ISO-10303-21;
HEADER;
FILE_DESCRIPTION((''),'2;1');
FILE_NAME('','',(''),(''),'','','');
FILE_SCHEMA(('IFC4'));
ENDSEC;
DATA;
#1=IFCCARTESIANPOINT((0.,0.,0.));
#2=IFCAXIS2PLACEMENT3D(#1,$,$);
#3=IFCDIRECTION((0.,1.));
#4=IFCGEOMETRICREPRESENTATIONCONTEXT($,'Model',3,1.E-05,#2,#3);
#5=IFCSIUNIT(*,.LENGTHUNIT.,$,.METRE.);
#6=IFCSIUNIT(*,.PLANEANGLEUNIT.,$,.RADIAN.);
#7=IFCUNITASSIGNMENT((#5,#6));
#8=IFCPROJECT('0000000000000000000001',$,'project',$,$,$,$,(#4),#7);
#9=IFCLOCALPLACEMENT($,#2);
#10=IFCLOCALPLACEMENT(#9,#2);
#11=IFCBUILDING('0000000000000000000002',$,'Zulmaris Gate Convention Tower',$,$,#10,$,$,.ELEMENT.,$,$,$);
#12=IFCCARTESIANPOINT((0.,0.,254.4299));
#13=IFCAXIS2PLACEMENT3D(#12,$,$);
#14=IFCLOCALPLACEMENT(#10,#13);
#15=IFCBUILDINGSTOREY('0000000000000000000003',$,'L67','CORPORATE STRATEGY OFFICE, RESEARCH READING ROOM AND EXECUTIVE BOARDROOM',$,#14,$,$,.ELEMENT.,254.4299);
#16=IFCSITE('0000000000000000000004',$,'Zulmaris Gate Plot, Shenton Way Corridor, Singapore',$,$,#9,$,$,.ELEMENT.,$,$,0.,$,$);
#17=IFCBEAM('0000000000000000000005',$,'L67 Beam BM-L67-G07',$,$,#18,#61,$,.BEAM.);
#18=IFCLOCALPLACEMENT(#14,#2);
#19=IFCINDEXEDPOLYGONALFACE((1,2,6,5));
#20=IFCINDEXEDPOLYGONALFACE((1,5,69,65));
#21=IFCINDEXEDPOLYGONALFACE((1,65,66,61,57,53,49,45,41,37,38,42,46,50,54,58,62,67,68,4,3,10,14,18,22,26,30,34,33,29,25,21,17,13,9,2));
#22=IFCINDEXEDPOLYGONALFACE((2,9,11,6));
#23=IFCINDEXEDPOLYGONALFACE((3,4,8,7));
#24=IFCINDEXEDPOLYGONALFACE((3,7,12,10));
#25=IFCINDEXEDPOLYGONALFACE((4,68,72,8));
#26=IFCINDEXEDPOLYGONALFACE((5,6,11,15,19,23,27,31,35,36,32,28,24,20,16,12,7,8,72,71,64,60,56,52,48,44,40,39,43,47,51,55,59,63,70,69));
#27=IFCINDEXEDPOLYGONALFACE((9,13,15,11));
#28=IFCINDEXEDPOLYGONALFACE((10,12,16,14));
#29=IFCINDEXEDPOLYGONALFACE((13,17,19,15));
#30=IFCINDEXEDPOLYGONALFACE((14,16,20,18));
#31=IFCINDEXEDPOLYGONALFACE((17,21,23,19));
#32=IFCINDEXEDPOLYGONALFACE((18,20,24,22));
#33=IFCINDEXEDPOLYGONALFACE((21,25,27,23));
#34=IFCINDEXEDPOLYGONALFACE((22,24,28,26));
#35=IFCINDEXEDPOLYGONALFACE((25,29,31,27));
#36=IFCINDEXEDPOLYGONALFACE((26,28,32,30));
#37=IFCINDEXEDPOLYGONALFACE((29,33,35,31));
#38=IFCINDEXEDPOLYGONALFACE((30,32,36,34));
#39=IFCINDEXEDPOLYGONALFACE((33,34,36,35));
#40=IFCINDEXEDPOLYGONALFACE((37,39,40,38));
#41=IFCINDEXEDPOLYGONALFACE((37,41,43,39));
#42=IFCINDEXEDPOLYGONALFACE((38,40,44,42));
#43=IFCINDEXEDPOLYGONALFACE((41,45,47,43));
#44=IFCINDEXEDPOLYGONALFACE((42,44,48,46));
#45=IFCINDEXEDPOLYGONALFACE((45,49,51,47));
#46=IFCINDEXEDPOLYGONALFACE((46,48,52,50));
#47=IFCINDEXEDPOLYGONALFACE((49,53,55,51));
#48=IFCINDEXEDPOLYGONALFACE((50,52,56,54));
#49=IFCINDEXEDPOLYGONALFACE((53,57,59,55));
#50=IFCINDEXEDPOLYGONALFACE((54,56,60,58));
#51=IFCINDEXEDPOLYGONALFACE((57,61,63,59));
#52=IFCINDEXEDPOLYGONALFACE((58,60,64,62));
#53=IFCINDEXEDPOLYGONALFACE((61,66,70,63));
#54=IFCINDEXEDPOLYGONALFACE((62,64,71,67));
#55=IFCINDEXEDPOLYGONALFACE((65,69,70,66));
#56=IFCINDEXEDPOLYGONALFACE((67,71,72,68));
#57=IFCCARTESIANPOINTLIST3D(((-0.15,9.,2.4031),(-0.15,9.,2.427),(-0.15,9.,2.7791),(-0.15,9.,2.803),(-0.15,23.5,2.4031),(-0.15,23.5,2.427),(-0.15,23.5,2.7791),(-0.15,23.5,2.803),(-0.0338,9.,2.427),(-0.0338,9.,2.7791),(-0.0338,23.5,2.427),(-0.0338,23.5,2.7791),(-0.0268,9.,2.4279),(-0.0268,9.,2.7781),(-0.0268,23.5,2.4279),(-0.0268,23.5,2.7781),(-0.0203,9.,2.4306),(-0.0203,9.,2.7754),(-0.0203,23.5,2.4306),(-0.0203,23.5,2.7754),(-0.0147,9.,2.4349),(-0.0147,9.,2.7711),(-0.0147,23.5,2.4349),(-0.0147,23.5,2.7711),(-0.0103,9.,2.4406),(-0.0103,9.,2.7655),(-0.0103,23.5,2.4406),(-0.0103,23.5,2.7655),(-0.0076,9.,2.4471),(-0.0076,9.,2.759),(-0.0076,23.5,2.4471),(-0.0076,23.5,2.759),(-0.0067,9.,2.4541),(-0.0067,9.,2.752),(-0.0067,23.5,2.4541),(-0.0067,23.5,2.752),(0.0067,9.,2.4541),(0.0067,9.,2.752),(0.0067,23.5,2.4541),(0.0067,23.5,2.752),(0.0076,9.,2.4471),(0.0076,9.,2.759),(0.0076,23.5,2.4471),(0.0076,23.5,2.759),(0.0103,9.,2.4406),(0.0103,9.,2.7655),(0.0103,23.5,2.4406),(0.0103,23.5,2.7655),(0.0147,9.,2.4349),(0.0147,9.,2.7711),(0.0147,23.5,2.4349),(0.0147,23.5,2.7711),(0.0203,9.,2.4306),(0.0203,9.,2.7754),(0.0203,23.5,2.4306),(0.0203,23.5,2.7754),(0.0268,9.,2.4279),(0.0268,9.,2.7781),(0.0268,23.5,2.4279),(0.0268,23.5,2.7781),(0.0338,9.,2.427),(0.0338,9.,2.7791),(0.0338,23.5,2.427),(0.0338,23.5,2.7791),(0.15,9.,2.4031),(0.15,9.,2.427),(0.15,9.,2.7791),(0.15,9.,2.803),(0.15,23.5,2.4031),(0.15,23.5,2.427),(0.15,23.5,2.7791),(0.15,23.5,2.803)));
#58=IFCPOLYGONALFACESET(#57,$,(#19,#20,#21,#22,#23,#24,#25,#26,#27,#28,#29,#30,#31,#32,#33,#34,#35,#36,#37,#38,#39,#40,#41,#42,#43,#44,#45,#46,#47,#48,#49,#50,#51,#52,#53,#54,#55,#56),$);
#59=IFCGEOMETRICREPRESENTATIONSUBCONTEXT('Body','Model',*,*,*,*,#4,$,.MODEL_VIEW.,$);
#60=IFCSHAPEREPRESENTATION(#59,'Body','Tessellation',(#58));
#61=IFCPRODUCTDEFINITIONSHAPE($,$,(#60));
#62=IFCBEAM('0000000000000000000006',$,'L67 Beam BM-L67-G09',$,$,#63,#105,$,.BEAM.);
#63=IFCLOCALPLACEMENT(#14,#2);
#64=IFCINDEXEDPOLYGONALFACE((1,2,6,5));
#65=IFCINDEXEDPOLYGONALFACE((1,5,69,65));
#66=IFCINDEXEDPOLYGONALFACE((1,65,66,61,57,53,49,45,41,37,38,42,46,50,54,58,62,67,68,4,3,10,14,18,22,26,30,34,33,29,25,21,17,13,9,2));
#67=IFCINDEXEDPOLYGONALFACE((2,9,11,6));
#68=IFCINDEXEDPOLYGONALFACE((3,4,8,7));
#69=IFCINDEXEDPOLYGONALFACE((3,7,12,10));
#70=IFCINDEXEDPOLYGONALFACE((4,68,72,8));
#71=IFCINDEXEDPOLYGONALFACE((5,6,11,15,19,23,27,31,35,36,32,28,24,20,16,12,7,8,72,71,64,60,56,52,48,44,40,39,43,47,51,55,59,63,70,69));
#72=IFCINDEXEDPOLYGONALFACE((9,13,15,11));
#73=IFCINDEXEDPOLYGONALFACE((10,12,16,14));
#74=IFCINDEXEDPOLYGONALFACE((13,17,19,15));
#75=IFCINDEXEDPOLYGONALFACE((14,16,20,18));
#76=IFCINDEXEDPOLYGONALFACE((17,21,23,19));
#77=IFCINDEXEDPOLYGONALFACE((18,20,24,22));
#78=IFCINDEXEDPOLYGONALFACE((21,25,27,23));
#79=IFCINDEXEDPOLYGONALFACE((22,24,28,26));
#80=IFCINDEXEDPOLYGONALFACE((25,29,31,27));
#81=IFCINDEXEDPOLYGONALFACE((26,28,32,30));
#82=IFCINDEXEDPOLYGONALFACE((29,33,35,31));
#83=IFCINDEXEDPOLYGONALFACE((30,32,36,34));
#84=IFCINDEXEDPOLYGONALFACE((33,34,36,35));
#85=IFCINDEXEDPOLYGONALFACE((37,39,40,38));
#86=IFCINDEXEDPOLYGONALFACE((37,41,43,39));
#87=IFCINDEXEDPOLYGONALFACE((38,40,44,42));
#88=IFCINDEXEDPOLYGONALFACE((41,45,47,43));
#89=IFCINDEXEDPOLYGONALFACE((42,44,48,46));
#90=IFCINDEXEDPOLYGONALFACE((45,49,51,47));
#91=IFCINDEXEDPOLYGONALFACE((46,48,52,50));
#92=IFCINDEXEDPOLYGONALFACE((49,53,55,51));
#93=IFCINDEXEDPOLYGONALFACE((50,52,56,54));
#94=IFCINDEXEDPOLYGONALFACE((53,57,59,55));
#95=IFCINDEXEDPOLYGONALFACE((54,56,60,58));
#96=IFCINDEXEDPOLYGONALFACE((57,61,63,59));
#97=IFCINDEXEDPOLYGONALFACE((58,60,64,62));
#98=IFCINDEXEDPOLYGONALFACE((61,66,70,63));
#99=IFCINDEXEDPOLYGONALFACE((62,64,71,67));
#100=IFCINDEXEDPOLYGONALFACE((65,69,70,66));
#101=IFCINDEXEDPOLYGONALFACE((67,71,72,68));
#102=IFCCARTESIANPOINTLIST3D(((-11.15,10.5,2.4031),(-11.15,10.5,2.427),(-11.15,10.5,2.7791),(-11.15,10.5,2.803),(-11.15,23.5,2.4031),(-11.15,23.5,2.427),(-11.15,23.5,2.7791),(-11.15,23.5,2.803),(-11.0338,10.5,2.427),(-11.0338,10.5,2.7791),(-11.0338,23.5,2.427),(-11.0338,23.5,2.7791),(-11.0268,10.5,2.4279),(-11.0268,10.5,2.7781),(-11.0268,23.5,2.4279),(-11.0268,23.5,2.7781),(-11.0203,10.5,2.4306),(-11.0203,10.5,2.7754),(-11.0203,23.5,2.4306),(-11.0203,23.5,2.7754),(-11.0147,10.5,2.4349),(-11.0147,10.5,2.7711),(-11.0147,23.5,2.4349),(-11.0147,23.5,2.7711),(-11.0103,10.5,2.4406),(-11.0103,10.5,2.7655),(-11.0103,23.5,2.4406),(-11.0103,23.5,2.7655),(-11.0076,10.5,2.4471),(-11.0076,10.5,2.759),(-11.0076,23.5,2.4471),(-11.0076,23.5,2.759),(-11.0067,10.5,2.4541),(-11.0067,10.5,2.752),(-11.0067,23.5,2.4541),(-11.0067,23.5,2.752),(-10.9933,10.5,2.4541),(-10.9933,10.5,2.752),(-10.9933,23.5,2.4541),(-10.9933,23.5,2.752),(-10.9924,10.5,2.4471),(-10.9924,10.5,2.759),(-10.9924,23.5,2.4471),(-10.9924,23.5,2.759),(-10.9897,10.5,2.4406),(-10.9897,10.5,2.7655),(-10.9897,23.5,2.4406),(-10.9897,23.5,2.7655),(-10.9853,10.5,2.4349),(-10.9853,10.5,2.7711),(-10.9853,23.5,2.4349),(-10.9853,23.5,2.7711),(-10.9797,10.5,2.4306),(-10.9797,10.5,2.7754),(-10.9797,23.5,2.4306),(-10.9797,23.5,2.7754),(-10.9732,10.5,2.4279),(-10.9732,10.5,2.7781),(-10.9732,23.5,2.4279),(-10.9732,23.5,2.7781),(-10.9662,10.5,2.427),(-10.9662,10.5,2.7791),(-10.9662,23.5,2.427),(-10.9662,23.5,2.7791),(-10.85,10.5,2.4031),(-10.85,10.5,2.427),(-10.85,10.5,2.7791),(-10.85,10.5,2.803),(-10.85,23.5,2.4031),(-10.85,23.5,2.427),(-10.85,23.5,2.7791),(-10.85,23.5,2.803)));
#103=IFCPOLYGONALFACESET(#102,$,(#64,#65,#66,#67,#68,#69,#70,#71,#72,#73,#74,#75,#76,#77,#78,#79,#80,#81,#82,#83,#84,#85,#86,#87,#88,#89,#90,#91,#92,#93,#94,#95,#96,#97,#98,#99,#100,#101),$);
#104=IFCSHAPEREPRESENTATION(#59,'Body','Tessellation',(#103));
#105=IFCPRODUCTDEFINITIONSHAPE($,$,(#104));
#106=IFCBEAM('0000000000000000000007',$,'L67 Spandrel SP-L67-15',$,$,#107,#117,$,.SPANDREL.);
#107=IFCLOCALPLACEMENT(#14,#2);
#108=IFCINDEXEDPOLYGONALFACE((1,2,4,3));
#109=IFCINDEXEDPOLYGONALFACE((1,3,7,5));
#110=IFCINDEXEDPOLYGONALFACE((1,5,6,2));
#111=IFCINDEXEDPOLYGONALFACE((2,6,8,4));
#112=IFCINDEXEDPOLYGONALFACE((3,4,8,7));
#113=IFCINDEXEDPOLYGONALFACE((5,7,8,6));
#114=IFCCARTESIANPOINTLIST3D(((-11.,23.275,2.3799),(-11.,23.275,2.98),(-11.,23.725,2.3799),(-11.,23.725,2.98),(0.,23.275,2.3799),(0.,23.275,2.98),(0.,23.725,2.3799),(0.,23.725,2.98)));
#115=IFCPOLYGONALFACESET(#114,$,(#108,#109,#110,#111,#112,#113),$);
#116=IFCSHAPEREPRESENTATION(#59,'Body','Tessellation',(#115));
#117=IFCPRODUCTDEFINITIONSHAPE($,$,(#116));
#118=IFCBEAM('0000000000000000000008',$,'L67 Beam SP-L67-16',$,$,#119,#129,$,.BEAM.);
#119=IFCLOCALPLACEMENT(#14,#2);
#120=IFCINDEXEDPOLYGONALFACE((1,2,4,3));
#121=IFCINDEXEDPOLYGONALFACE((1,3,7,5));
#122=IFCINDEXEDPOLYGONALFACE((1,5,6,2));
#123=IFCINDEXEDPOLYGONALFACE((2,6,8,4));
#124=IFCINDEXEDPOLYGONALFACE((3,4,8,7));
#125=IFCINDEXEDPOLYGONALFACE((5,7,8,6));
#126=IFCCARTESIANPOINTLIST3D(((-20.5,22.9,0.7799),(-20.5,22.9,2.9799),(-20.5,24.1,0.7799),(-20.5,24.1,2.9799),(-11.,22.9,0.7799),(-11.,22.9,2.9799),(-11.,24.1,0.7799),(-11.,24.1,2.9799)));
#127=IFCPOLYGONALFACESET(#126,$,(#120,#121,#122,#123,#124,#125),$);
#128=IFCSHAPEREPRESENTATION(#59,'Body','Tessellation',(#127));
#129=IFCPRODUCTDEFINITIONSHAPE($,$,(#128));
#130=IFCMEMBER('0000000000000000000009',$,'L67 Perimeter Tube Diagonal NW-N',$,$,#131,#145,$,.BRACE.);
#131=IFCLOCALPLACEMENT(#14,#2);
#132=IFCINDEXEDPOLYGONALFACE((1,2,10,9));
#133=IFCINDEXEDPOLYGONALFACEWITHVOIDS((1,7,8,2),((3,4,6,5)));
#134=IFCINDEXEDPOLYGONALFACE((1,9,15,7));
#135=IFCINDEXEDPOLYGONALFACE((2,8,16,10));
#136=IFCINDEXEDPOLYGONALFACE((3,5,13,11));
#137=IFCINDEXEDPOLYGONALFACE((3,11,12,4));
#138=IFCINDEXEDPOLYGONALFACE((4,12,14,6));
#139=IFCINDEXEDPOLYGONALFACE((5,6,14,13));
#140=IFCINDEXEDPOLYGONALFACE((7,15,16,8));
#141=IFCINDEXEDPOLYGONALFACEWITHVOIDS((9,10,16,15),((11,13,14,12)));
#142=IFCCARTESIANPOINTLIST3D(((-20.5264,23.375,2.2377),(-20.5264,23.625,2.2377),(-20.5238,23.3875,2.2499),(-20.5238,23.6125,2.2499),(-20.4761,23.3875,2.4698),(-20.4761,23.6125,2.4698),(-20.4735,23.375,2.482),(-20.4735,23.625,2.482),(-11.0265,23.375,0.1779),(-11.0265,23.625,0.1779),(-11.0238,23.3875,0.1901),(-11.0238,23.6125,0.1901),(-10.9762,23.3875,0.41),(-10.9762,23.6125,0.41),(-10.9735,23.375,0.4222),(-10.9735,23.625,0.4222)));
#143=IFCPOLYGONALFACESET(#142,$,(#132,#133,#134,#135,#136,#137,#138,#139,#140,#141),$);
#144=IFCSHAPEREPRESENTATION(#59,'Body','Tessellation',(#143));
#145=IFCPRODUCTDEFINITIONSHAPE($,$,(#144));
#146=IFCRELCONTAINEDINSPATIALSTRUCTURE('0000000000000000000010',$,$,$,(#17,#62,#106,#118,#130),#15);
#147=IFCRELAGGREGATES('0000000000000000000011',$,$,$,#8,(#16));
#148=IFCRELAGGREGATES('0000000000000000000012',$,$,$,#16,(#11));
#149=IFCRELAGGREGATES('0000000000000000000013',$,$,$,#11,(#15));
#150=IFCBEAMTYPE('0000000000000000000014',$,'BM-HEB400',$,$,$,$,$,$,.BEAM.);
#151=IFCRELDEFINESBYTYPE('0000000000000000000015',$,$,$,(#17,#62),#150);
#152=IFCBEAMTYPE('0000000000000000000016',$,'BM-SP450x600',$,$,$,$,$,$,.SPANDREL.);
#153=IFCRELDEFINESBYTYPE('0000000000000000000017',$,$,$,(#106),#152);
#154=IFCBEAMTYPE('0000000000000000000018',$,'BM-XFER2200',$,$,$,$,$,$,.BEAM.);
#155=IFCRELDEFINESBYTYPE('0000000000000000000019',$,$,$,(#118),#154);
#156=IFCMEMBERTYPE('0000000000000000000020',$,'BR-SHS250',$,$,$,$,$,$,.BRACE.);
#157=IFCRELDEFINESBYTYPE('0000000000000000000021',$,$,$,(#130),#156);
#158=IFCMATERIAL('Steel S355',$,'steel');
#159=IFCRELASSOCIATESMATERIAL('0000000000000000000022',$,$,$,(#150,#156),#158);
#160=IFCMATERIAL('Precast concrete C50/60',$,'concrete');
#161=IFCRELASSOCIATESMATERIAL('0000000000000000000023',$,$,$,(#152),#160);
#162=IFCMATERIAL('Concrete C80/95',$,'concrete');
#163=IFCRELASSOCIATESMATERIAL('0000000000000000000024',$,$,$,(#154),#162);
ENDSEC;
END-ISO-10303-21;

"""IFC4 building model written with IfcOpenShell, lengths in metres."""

from ifc_helpers import new_model, si_unit, direction, frame, origin, origin_2d, place, context, subcontext, project, spatial, rectangle, hollow_rectangle, i_section, extrude, material, material_profile, profile_set, type_object, element, save


model = new_model("IFC4")

# Units and contexts
model_context = context("Model", 3, precision=1e-05, world=origin(), true_north=direction((0.0, 1.0)))
body_context = subcontext(model_context, "Body", "Model", "MODEL_VIEW")
ifc_project = project(units=[si_unit("LENGTHUNIT", "METRE"), si_unit("PLANEANGLEUNIT", "RADIAN")], contexts=[model_context])

# Site, building, storey
site_placement = place(None, origin())
site = spatial("IfcSite", under=ifc_project, at=site_placement, Name="Zulmaris Gate Plot, Shenton Way Corridor, Singapore", CompositionType="ELEMENT", RefElevation=0.0)
building_placement = place(site_placement, origin())
building = spatial("IfcBuilding", under=site, at=building_placement, Name="Zulmaris Gate Convention Tower", CompositionType="ELEMENT")
storey_placement = place(building_placement, frame((0.0, 0.0, 254.4299)))
storey = spatial("IfcBuildingStorey", under=building, at=storey_placement, Name="L67", Description="CORPORATE STRATEGY OFFICE, RESEARCH READING ROOM AND EXECUTIVE BOARDROOM", CompositionType="ELEMENT", Elevation=254.4299)

# Beams
ifc_material_1 = material(Name="Steel S355", Category="steel")
ifc_material_profile_1 = material_profile(ifc_material_1, i_section(OverallWidth=0.3, OverallDepth=0.3999, WebThickness=0.0134, FlangeThickness=0.0239, FilletRadius=0.0271, at=origin_2d()), Name="HEB 400")
ifc_profile_set_1 = profile_set([ifc_material_profile_1], Name="Steel S355")
beam_type_1 = type_object("IfcBeamType", Name="BM-HEB400", PredefinedType="BEAM", material=ifc_profile_set_1)
beam_1_placement = place(storey_placement, frame((0.0, 9.0, 2.603), z_axis=(0.0, 1.0, 0.0), x_axis=(-1.0, 0.0, 0.0)))
element("IfcBeam", 1, at=beam_1_placement, inside=storey, type_object=beam_type_1, Name="L67 Beam BM-L67-G07", PredefinedType="BEAM", context=body_context, shape_type="SweptSolid", body=[
    extrude(i_section(OverallWidth=0.3, OverallDepth=0.3999, WebThickness=0.0134, FlangeThickness=0.0239, FilletRadius=0.0271, at=origin_2d()), origin(), (0.0, 0.0, 1.0), 14.5),
])
beam_2_placement = place(storey_placement, frame((-11.0, 10.5, 2.603), z_axis=(0.0, 1.0, 0.0), x_axis=(-1.0, 0.0, 0.0)))
element("IfcBeam", 2, at=beam_2_placement, inside=storey, type_object=beam_type_1, Name="L67 Beam BM-L67-G09", PredefinedType="BEAM", context=body_context, shape_type="SweptSolid", body=[
    extrude(i_section(OverallWidth=0.3, OverallDepth=0.3999, WebThickness=0.0134, FlangeThickness=0.0239, FilletRadius=0.0271, at=origin_2d()), origin(), (0.0, 0.0, 1.0), 13.0),
])
ifc_material_2 = material(Name="Precast concrete C50/60", Category="concrete")
ifc_material_profile_2 = material_profile(ifc_material_2, rectangle(XDim=0.45, YDim=0.6001, at=origin_2d()), Name="RC SPANDREL 450x600")
ifc_profile_set_2 = profile_set([ifc_material_profile_2], Name="Precast concrete C50/60")
beam_type_2 = type_object("IfcBeamType", Name="BM-SP450x600", PredefinedType="SPANDREL", material=ifc_profile_set_2)
beam_3_placement = place(storey_placement, frame((0.0, 23.5, 2.6799), z_axis=(-1.0, 0.0, 0.0), x_axis=(0.0, -1.0, 0.0)))
element("IfcBeam", 3, at=beam_3_placement, inside=storey, type_object=beam_type_2, Name="L67 Spandrel SP-L67-15", PredefinedType="SPANDREL", context=body_context, shape_type="SweptSolid", body=[
    extrude(rectangle(XDim=0.45, YDim=0.6001, at=origin_2d()), origin(), (0.0, 0.0, 1.0), 11.0),
])
ifc_material_3 = material(Name="Concrete C80/95", Category="concrete")
ifc_material_profile_3 = material_profile(ifc_material_3, rectangle(XDim=1.2, YDim=2.2, at=origin_2d()), Name="RC TRANSFER 1200x2200")
ifc_profile_set_3 = profile_set([ifc_material_profile_3], Name="Concrete C80/95")
beam_type_3 = type_object("IfcBeamType", Name="BM-XFER2200", PredefinedType="BEAM", material=ifc_profile_set_3)
beam_4_placement = place(storey_placement, frame((-11.0, 23.5, 1.8799), z_axis=(-1.0, 0.0, 0.0), x_axis=(0.0, -1.0, 0.0)))
element("IfcBeam", 4, at=beam_4_placement, inside=storey, type_object=beam_type_3, Name="L67 Beam SP-L67-16", PredefinedType="BEAM", context=body_context, shape_type="SweptSolid", body=[
    extrude(rectangle(XDim=1.2, YDim=2.2, at=origin_2d()), origin(), (0.0, 0.0, 1.0), 9.5),
])

# Member
ifc_material_profile_4 = material_profile(ifc_material_1, hollow_rectangle(XDim=0.25, YDim=0.25, WallThickness=0.0125, at=origin_2d()), Name="SHS 250x250x12.5")
ifc_profile_set_4 = profile_set([ifc_material_profile_4], Name="Steel S355")
member_type = type_object("IfcMemberType", Name="BR-SHS250", PredefinedType="BRACE", material=ifc_profile_set_4)
member_placement = place(storey_placement, frame((-11.0, 23.5, 0.3), z_axis=(-0.977292, 0.0, 0.211899), x_axis=(0.0, -1.0, 0.0)))
element("IfcMember", 5, at=member_placement, inside=storey, type_object=member_type, Name="L67 Perimeter Tube Diagonal NW-N", PredefinedType="BRACE", context=body_context, shape_type="SweptSolid", body=[
    extrude(hollow_rectangle(XDim=0.25, YDim=0.25, WallThickness=0.0125, at=origin_2d()), origin(), (0.0, 0.0, 1.0), 9.7207),
])

save(model, "model.ifc")
